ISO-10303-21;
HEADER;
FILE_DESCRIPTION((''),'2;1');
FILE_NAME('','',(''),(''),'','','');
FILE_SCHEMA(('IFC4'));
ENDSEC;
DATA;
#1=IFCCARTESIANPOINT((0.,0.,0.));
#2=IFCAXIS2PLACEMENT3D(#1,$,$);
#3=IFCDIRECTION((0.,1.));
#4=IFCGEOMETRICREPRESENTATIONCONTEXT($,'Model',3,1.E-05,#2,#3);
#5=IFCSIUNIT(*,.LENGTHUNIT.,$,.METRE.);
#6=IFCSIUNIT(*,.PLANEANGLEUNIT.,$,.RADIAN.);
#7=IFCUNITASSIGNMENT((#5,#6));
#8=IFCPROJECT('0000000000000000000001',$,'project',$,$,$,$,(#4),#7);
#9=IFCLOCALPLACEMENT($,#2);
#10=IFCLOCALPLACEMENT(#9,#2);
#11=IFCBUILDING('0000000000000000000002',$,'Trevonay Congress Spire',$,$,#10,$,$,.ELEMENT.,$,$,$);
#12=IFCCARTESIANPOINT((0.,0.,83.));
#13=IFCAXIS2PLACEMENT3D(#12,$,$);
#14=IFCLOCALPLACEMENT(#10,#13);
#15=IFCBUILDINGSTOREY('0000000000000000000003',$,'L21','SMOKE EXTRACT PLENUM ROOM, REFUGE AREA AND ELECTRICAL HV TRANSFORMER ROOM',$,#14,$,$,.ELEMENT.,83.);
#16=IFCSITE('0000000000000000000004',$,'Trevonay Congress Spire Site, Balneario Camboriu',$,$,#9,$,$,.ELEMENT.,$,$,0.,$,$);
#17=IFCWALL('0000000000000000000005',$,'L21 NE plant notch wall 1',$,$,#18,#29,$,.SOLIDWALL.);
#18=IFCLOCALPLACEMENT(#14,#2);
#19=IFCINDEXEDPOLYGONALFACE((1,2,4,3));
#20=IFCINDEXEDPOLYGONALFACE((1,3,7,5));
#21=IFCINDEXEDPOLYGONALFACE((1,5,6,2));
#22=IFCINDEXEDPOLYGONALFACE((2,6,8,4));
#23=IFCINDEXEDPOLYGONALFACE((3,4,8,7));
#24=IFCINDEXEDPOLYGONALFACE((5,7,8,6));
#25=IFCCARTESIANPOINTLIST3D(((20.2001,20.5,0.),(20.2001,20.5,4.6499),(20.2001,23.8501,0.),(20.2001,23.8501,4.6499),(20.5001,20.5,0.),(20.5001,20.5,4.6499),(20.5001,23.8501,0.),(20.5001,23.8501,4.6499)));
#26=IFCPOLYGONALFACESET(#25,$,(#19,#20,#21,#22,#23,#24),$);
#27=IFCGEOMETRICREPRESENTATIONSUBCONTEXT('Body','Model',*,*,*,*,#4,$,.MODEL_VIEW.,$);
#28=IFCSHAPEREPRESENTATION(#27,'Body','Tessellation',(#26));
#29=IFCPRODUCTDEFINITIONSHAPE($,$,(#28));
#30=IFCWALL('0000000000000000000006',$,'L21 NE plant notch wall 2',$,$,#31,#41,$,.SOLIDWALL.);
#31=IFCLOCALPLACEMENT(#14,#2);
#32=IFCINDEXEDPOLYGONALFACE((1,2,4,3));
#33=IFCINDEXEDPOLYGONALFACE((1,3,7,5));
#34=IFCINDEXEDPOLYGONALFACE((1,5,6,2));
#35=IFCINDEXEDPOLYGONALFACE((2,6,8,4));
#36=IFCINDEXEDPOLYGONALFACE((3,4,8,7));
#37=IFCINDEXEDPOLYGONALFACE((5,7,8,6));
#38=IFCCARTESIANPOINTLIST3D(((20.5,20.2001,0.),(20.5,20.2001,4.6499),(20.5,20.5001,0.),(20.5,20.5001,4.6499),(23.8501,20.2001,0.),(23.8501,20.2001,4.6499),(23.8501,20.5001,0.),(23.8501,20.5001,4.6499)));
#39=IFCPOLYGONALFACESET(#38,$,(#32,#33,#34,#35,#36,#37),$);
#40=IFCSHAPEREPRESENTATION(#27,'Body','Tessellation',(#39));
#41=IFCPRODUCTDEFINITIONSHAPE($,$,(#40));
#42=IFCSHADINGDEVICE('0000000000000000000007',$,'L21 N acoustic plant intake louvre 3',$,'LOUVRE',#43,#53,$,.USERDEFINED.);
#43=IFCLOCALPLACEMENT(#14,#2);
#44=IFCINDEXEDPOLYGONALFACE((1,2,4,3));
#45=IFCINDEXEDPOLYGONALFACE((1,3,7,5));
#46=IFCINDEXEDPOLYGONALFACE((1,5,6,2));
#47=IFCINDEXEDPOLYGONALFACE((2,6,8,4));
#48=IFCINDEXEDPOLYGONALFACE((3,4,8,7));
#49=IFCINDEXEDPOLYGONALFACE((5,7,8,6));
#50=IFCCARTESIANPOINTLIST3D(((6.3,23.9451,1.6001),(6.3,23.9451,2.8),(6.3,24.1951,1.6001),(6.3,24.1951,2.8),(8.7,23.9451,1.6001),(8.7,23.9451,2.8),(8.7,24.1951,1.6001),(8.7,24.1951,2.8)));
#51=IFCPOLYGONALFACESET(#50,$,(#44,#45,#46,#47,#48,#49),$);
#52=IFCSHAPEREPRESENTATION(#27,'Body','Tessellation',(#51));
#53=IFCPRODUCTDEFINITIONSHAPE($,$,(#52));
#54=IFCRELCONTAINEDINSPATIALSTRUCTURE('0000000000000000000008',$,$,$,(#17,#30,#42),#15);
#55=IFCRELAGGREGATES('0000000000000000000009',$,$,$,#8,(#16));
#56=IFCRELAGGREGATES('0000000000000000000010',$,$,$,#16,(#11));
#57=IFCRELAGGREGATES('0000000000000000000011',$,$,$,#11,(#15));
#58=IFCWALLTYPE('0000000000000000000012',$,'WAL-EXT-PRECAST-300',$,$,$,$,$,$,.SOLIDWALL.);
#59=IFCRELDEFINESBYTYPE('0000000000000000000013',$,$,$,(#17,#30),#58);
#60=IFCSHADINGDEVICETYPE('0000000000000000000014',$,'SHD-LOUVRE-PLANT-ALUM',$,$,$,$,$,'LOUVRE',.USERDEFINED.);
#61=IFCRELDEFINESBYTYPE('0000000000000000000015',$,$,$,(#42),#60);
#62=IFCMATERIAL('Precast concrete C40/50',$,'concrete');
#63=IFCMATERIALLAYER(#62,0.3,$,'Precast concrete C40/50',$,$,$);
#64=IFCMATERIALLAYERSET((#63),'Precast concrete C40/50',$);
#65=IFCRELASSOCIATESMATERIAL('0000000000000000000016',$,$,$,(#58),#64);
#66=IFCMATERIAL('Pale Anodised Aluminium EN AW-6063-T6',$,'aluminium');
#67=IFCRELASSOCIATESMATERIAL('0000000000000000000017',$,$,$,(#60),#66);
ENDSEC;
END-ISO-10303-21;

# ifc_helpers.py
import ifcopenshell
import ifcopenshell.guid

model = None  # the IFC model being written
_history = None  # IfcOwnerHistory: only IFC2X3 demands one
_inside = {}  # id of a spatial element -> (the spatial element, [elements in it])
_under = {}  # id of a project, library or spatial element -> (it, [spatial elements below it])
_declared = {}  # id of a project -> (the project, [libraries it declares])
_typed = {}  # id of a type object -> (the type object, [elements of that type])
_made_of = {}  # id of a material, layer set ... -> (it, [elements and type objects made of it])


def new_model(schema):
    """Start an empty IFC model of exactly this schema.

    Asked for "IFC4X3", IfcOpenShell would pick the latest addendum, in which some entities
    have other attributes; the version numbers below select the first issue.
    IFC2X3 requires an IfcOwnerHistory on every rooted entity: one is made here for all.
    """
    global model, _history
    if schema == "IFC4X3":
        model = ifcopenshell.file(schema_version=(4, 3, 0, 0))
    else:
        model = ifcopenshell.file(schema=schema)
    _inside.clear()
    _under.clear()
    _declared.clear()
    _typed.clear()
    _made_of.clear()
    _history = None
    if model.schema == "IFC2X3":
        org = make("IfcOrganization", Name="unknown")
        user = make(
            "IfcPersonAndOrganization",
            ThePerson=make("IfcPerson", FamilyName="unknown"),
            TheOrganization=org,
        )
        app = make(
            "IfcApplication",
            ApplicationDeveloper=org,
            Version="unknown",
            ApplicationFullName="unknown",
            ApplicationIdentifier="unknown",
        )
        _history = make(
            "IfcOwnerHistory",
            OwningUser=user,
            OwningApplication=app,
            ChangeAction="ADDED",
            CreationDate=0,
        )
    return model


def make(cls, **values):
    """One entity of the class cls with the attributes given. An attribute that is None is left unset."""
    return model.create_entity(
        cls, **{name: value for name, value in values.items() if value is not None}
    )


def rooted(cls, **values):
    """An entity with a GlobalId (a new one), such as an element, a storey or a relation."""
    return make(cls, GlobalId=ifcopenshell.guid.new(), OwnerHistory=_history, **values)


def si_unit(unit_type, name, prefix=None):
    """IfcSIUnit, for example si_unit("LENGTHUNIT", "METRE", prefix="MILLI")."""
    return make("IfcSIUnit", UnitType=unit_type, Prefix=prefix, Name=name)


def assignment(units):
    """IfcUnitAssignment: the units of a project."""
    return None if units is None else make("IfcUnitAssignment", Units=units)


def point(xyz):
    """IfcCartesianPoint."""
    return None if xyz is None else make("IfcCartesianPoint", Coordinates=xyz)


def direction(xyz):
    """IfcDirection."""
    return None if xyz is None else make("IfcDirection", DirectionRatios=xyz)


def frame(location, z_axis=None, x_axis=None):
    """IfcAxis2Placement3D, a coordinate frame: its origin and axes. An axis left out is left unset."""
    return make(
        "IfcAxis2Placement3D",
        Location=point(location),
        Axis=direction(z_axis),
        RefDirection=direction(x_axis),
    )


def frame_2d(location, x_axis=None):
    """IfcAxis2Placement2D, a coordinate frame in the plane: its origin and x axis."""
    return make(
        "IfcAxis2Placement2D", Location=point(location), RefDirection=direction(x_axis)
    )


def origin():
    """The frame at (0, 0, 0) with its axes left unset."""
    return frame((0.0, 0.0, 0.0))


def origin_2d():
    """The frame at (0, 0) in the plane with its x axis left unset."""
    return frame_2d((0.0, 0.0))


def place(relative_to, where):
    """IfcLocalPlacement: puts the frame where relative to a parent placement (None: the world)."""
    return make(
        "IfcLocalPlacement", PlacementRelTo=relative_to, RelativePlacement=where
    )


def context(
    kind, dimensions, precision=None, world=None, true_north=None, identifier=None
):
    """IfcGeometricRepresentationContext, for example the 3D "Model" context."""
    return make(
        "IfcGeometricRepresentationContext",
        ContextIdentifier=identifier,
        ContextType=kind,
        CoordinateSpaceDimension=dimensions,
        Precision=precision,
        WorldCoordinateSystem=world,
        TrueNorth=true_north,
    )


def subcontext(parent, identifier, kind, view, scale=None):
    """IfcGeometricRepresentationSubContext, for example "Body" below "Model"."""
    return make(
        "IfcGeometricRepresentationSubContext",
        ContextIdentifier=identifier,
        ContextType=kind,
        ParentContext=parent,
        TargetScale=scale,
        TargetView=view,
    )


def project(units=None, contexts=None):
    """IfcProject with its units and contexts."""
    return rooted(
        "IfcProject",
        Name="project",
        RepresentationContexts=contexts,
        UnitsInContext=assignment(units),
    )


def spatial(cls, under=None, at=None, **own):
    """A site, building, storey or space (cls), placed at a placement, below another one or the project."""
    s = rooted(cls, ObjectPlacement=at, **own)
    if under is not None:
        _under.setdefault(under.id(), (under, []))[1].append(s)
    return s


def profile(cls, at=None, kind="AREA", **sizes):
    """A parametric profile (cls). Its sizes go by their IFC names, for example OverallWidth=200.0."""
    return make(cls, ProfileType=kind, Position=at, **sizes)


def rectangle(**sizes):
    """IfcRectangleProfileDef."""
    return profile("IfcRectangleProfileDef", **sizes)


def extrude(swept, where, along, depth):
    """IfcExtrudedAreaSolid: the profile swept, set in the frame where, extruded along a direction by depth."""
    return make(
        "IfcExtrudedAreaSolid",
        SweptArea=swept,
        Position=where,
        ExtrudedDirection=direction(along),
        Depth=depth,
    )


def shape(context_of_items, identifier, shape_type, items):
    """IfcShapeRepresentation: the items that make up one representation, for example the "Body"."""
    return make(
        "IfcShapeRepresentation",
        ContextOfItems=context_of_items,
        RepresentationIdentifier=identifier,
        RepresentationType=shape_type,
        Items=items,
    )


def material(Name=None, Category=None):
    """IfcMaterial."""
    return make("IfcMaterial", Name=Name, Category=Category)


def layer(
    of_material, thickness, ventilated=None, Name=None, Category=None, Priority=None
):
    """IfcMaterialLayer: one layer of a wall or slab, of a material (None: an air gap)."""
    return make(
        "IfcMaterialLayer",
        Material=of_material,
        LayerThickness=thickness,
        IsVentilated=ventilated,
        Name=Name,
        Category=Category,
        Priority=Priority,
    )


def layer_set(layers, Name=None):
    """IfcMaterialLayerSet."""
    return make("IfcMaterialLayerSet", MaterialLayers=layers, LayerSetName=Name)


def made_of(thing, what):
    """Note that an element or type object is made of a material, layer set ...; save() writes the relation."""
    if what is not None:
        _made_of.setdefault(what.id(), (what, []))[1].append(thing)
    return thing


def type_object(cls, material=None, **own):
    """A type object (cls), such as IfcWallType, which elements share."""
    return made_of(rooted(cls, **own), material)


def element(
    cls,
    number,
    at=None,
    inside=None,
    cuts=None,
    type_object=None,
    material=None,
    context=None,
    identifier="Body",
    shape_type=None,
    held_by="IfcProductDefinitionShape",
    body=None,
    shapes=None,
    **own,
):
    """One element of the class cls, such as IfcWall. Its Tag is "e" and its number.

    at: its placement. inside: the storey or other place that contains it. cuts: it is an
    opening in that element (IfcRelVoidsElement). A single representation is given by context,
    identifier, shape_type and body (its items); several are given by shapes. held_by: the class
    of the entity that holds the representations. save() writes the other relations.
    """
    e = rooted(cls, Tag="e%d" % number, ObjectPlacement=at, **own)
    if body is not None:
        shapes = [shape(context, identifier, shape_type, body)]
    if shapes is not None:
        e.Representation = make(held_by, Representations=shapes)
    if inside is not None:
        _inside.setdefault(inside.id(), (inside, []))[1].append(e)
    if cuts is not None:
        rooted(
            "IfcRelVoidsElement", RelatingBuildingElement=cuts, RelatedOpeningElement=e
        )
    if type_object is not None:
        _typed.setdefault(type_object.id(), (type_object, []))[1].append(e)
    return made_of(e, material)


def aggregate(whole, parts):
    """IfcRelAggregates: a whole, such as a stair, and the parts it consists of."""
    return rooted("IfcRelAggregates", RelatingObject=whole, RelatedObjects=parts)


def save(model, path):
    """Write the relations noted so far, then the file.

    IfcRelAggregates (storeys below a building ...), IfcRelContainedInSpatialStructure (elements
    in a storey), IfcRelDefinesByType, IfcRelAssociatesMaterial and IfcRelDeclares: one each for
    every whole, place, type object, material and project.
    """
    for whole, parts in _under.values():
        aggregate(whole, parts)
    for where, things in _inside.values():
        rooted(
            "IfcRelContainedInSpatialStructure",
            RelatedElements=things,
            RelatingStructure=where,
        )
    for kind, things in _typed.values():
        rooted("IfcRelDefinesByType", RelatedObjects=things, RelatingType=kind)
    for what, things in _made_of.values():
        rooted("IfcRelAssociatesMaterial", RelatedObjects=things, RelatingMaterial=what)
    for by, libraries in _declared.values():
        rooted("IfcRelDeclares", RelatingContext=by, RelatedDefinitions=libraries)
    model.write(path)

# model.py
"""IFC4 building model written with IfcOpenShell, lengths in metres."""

from ifc_helpers import new_model, si_unit, direction, frame, frame_2d, origin, origin_2d, place, context, subcontext, project, spatial, rectangle, extrude, material, layer, layer_set, type_object, element, save


model = new_model("IFC4")

# Units and contexts
model_context = context("Model", 3, precision=1e-05, world=origin(), true_north=direction((0.0, 1.0)))
body_context = subcontext(model_context, "Body", "Model", "MODEL_VIEW")
ifc_project = project(units=[si_unit("LENGTHUNIT", "METRE"), si_unit("PLANEANGLEUNIT", "RADIAN")], contexts=[model_context])

# Site, building, storey
site_placement = place(None, origin())
site = spatial("IfcSite", under=ifc_project, at=site_placement, Name="Trevonay Congress Spire Site, Balneario Camboriu", CompositionType="ELEMENT", RefElevation=0.0)
building_placement = place(site_placement, origin())
building = spatial("IfcBuilding", under=site, at=building_placement, Name="Trevonay Congress Spire", CompositionType="ELEMENT")
storey_placement = place(building_placement, frame((0.0, 0.0, 83.0)))
storey = spatial("IfcBuildingStorey", under=building, at=storey_placement, Name="L21", Description="SMOKE EXTRACT PLENUM ROOM, REFUGE AREA AND ELECTRICAL HV TRANSFORMER ROOM", CompositionType="ELEMENT", Elevation=83.0)

# Walls
ifc_material_1 = material(Name="Precast concrete C40/50", Category="concrete")
ifc_layer_1 = layer(ifc_material_1, 0.3, Name="Precast concrete C40/50")
ifc_layer_set_1 = layer_set([ifc_layer_1], Name="Precast concrete C40/50")
wall_type = type_object("IfcWallType", Name="WAL-EXT-PRECAST-300", PredefinedType="SOLIDWALL", material=ifc_layer_set_1)
for number, where, z_axis, x_axis, name in (
    (1, (20.3501, 23.8501, 0.0), (0.0, 0.0, 1.0), (0.0, -1.0, 0.0), "L21 NE plant notch wall 1"),
    (2, (23.8501, 20.3501, 0.0), (0.0, 0.0, 1.0), (-1.0, 0.0, 0.0), "L21 NE plant notch wall 2"),
):
    element("IfcWall", number, at=place(storey_placement, frame(where, z_axis=z_axis, x_axis=x_axis)), inside=storey, type_object=wall_type, Name=name, PredefinedType="SOLIDWALL", context=body_context, shape_type="SweptSolid", body=[
        extrude(rectangle(XDim=3.3501, YDim=0.3, at=frame_2d((1.675, 0.0))), origin(), (0.0, 0.0, 1.0), 4.6499),
    ])

# Shading device
ifc_material_2 = material(Name="Pale Anodised Aluminium EN AW-6063-T6", Category="aluminium")
shading_device_type = type_object("IfcShadingDeviceType", Name="SHD-LOUVRE-PLANT-ALUM", ElementType="LOUVRE", PredefinedType="USERDEFINED", material=ifc_material_2)
shading_device_placement = place(storey_placement, frame((7.5, 24.0701, 1.6001), z_axis=(0.0, 0.0, 1.0), x_axis=(1.0, 0.0, 0.0)))
element("IfcShadingDevice", 3, at=shading_device_placement, inside=storey, type_object=shading_device_type, Name="L21 N acoustic plant intake louvre 3", ObjectType="LOUVRE", PredefinedType="USERDEFINED", context=body_context, shape_type="SweptSolid", body=[
    extrude(rectangle(XDim=2.3999, YDim=0.25, at=origin_2d()), origin(), (0.0, 0.0, 1.0), 1.2),
])

save(model, "model.ifc")
